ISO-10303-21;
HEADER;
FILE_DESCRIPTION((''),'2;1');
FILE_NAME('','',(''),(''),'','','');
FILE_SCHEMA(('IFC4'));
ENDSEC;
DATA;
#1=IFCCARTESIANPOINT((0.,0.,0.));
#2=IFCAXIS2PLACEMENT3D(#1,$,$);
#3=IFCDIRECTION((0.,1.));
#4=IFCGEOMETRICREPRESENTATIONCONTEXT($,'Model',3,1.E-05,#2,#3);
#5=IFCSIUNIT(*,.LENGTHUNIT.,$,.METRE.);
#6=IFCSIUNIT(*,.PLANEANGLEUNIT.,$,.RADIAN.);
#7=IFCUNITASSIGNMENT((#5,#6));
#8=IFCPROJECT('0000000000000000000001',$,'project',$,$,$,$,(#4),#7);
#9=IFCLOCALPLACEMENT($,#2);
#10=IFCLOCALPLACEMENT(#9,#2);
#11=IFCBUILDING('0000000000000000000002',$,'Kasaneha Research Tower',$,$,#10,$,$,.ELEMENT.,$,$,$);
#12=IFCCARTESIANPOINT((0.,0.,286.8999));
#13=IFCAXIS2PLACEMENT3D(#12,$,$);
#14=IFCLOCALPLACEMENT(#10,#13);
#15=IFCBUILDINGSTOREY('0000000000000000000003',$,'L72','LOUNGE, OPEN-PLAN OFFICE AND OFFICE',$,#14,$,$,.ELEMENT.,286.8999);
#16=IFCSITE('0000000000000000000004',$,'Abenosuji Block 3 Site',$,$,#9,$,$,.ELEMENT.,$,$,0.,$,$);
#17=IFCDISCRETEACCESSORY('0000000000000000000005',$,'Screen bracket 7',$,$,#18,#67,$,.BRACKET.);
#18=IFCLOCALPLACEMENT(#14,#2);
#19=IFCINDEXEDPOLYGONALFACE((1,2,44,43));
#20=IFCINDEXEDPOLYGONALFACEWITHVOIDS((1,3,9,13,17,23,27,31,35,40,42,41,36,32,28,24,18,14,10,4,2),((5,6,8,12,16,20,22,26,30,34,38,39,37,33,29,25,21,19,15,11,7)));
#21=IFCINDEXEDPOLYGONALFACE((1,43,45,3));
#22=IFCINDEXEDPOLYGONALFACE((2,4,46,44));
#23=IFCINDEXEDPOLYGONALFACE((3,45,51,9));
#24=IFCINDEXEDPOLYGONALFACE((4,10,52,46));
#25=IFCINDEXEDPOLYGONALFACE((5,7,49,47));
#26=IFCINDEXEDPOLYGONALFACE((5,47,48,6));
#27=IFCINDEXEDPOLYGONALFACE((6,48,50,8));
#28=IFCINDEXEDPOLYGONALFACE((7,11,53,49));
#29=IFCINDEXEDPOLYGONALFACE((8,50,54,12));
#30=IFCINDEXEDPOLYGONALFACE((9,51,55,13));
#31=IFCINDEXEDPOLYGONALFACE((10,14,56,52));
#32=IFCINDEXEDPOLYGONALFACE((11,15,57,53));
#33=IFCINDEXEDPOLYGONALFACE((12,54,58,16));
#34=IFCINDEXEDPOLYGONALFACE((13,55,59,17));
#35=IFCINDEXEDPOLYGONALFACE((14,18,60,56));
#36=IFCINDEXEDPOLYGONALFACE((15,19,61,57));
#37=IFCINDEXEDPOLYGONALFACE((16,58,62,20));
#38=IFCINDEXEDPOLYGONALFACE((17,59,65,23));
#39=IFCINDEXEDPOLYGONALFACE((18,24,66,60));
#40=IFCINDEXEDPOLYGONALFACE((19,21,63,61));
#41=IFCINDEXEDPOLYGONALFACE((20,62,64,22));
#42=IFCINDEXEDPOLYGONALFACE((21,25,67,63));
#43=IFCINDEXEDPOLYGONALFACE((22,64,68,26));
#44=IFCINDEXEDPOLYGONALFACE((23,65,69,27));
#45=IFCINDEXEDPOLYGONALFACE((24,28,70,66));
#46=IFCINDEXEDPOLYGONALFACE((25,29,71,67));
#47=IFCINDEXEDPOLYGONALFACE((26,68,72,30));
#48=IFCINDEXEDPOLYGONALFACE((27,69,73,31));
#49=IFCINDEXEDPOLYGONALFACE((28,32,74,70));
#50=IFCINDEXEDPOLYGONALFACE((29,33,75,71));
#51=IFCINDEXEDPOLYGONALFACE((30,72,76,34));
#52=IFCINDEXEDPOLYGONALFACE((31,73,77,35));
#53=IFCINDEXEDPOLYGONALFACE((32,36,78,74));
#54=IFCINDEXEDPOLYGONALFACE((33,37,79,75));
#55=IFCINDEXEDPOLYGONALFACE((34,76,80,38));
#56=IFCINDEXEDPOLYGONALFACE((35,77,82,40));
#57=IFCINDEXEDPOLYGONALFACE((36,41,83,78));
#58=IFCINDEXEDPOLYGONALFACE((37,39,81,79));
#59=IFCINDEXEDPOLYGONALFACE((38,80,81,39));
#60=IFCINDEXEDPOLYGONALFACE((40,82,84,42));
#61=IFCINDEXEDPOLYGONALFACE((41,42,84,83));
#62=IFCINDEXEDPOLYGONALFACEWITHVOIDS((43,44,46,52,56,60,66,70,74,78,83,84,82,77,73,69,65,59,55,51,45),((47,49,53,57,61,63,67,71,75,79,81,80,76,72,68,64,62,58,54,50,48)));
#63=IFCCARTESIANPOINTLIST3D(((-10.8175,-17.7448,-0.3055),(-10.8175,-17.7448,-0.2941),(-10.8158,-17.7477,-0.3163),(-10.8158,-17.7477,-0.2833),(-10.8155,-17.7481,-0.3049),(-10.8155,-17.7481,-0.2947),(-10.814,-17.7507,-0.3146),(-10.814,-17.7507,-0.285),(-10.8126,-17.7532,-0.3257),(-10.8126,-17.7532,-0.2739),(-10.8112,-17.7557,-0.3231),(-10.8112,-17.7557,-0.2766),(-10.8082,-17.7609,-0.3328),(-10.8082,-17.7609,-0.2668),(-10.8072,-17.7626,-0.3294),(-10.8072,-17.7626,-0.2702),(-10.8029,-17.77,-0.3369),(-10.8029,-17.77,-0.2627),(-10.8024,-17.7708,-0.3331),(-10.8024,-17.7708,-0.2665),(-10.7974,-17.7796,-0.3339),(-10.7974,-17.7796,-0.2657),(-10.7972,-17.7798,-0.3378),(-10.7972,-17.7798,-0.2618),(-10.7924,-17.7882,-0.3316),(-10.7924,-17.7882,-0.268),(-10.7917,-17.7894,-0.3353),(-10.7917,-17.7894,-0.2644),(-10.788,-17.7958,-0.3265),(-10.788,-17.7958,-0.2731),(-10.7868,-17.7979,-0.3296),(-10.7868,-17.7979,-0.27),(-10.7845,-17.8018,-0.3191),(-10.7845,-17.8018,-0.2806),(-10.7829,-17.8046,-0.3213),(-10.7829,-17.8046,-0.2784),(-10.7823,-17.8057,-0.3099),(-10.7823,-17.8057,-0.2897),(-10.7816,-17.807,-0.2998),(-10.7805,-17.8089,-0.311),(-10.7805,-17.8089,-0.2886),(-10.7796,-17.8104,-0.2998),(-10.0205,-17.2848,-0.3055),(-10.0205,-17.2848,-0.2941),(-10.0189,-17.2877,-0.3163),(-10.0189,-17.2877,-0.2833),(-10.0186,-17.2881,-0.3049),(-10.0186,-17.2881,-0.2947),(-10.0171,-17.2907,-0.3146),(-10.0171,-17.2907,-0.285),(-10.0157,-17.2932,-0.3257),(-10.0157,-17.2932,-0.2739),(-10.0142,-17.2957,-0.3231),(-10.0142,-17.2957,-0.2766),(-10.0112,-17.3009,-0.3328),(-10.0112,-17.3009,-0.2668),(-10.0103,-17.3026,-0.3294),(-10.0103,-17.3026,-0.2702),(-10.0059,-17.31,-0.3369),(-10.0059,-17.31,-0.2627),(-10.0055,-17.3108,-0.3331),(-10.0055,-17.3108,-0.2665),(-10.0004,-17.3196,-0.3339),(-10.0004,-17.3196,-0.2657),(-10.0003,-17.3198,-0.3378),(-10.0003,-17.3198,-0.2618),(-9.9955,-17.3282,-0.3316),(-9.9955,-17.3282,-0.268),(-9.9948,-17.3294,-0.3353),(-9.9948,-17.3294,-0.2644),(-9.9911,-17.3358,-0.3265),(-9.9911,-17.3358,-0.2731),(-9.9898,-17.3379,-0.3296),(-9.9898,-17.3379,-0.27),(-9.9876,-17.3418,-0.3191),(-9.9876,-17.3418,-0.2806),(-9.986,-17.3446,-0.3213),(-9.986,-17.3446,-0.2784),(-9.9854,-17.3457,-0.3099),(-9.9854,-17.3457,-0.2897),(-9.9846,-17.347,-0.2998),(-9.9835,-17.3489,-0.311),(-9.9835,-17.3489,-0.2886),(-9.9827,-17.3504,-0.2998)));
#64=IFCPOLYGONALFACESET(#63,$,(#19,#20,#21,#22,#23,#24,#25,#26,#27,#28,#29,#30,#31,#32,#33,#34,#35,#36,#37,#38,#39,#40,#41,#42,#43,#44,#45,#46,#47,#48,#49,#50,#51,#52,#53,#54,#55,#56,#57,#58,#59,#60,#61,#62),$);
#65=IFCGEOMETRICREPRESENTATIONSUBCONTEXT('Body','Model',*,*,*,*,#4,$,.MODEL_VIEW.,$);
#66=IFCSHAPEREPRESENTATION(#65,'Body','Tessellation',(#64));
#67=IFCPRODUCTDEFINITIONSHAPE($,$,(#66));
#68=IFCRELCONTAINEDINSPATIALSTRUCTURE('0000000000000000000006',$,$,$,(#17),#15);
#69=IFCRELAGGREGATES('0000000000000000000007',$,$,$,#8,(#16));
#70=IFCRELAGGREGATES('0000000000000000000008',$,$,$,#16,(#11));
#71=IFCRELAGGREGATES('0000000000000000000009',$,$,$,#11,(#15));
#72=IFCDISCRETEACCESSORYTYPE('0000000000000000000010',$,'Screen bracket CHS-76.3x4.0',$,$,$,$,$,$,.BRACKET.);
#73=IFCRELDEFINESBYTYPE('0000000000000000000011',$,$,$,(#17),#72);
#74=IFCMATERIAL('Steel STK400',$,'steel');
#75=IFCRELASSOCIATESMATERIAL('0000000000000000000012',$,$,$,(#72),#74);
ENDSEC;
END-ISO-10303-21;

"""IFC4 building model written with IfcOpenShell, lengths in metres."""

from ifc_helpers import new_model, si_unit, direction, frame, origin, origin_2d, place, context, subcontext, project, spatial, hollow_circle, extrude, material, material_profile, profile_set, type_object, element, save


model = new_model("IFC4")

# Units and contexts
model_context = context("Model", 3, precision=1e-05, world=origin(), true_north=direction((0.0, 1.0)))
body_context = subcontext(model_context, "Body", "Model", "MODEL_VIEW")
ifc_project = project(units=[si_unit("LENGTHUNIT", "METRE"), si_unit("PLANEANGLEUNIT", "RADIAN")], contexts=[model_context])

# Site, building, storey
site_placement = place(None, origin())
site = spatial("IfcSite", under=ifc_project, at=site_placement, Name="Abenosuji Block 3 Site", CompositionType="ELEMENT", RefElevation=0.0)
building_placement = place(site_placement, origin())
building = spatial("IfcBuilding", under=site, at=building_placement, Name="Kasaneha Research Tower", CompositionType="ELEMENT")
storey_placement = place(building_placement, frame((0.0, 0.0, 286.8999)))
storey = spatial("IfcBuildingStorey", under=building, at=storey_placement, Name="L72", Description="LOUNGE, OPEN-PLAN OFFICE AND OFFICE", CompositionType="ELEMENT", Elevation=286.8999)

# Discrete accessory
ifc_material_1 = material(Name="Steel STK400", Category="steel")
ifc_material_profile_1 = material_profile(ifc_material_1, hollow_circle(Radius=0.0381, WallThickness=0.0039, at=origin_2d()), Name="CHS-76.3x4.0")
ifc_profile_set_1 = profile_set([ifc_material_profile_1], Name="Steel STK400")
discrete_accessory_type = type_object("IfcDiscreteAccessoryType", Name="Screen bracket CHS-76.3x4.0", PredefinedType="BRACKET", material=ifc_profile_set_1)
discrete_accessory_placement = place(storey_placement, frame((-10.0017, -17.3174, -0.2998), z_axis=(-0.86608, -0.499906, 0.0), x_axis=(0.499906, -0.86608, 0.0)))
element("IfcDiscreteAccessory", 1, at=discrete_accessory_placement, inside=storey, type_object=discrete_accessory_type, Name="Screen bracket 7", PredefinedType="BRACKET", context=body_context, shape_type="SweptSolid", body=[
    extrude(hollow_circle(Radius=0.0381, WallThickness=0.0039, at=origin_2d()), origin(), (0.0, 0.0, 1.0), 0.9202),
])

save(model, "model.ifc")
